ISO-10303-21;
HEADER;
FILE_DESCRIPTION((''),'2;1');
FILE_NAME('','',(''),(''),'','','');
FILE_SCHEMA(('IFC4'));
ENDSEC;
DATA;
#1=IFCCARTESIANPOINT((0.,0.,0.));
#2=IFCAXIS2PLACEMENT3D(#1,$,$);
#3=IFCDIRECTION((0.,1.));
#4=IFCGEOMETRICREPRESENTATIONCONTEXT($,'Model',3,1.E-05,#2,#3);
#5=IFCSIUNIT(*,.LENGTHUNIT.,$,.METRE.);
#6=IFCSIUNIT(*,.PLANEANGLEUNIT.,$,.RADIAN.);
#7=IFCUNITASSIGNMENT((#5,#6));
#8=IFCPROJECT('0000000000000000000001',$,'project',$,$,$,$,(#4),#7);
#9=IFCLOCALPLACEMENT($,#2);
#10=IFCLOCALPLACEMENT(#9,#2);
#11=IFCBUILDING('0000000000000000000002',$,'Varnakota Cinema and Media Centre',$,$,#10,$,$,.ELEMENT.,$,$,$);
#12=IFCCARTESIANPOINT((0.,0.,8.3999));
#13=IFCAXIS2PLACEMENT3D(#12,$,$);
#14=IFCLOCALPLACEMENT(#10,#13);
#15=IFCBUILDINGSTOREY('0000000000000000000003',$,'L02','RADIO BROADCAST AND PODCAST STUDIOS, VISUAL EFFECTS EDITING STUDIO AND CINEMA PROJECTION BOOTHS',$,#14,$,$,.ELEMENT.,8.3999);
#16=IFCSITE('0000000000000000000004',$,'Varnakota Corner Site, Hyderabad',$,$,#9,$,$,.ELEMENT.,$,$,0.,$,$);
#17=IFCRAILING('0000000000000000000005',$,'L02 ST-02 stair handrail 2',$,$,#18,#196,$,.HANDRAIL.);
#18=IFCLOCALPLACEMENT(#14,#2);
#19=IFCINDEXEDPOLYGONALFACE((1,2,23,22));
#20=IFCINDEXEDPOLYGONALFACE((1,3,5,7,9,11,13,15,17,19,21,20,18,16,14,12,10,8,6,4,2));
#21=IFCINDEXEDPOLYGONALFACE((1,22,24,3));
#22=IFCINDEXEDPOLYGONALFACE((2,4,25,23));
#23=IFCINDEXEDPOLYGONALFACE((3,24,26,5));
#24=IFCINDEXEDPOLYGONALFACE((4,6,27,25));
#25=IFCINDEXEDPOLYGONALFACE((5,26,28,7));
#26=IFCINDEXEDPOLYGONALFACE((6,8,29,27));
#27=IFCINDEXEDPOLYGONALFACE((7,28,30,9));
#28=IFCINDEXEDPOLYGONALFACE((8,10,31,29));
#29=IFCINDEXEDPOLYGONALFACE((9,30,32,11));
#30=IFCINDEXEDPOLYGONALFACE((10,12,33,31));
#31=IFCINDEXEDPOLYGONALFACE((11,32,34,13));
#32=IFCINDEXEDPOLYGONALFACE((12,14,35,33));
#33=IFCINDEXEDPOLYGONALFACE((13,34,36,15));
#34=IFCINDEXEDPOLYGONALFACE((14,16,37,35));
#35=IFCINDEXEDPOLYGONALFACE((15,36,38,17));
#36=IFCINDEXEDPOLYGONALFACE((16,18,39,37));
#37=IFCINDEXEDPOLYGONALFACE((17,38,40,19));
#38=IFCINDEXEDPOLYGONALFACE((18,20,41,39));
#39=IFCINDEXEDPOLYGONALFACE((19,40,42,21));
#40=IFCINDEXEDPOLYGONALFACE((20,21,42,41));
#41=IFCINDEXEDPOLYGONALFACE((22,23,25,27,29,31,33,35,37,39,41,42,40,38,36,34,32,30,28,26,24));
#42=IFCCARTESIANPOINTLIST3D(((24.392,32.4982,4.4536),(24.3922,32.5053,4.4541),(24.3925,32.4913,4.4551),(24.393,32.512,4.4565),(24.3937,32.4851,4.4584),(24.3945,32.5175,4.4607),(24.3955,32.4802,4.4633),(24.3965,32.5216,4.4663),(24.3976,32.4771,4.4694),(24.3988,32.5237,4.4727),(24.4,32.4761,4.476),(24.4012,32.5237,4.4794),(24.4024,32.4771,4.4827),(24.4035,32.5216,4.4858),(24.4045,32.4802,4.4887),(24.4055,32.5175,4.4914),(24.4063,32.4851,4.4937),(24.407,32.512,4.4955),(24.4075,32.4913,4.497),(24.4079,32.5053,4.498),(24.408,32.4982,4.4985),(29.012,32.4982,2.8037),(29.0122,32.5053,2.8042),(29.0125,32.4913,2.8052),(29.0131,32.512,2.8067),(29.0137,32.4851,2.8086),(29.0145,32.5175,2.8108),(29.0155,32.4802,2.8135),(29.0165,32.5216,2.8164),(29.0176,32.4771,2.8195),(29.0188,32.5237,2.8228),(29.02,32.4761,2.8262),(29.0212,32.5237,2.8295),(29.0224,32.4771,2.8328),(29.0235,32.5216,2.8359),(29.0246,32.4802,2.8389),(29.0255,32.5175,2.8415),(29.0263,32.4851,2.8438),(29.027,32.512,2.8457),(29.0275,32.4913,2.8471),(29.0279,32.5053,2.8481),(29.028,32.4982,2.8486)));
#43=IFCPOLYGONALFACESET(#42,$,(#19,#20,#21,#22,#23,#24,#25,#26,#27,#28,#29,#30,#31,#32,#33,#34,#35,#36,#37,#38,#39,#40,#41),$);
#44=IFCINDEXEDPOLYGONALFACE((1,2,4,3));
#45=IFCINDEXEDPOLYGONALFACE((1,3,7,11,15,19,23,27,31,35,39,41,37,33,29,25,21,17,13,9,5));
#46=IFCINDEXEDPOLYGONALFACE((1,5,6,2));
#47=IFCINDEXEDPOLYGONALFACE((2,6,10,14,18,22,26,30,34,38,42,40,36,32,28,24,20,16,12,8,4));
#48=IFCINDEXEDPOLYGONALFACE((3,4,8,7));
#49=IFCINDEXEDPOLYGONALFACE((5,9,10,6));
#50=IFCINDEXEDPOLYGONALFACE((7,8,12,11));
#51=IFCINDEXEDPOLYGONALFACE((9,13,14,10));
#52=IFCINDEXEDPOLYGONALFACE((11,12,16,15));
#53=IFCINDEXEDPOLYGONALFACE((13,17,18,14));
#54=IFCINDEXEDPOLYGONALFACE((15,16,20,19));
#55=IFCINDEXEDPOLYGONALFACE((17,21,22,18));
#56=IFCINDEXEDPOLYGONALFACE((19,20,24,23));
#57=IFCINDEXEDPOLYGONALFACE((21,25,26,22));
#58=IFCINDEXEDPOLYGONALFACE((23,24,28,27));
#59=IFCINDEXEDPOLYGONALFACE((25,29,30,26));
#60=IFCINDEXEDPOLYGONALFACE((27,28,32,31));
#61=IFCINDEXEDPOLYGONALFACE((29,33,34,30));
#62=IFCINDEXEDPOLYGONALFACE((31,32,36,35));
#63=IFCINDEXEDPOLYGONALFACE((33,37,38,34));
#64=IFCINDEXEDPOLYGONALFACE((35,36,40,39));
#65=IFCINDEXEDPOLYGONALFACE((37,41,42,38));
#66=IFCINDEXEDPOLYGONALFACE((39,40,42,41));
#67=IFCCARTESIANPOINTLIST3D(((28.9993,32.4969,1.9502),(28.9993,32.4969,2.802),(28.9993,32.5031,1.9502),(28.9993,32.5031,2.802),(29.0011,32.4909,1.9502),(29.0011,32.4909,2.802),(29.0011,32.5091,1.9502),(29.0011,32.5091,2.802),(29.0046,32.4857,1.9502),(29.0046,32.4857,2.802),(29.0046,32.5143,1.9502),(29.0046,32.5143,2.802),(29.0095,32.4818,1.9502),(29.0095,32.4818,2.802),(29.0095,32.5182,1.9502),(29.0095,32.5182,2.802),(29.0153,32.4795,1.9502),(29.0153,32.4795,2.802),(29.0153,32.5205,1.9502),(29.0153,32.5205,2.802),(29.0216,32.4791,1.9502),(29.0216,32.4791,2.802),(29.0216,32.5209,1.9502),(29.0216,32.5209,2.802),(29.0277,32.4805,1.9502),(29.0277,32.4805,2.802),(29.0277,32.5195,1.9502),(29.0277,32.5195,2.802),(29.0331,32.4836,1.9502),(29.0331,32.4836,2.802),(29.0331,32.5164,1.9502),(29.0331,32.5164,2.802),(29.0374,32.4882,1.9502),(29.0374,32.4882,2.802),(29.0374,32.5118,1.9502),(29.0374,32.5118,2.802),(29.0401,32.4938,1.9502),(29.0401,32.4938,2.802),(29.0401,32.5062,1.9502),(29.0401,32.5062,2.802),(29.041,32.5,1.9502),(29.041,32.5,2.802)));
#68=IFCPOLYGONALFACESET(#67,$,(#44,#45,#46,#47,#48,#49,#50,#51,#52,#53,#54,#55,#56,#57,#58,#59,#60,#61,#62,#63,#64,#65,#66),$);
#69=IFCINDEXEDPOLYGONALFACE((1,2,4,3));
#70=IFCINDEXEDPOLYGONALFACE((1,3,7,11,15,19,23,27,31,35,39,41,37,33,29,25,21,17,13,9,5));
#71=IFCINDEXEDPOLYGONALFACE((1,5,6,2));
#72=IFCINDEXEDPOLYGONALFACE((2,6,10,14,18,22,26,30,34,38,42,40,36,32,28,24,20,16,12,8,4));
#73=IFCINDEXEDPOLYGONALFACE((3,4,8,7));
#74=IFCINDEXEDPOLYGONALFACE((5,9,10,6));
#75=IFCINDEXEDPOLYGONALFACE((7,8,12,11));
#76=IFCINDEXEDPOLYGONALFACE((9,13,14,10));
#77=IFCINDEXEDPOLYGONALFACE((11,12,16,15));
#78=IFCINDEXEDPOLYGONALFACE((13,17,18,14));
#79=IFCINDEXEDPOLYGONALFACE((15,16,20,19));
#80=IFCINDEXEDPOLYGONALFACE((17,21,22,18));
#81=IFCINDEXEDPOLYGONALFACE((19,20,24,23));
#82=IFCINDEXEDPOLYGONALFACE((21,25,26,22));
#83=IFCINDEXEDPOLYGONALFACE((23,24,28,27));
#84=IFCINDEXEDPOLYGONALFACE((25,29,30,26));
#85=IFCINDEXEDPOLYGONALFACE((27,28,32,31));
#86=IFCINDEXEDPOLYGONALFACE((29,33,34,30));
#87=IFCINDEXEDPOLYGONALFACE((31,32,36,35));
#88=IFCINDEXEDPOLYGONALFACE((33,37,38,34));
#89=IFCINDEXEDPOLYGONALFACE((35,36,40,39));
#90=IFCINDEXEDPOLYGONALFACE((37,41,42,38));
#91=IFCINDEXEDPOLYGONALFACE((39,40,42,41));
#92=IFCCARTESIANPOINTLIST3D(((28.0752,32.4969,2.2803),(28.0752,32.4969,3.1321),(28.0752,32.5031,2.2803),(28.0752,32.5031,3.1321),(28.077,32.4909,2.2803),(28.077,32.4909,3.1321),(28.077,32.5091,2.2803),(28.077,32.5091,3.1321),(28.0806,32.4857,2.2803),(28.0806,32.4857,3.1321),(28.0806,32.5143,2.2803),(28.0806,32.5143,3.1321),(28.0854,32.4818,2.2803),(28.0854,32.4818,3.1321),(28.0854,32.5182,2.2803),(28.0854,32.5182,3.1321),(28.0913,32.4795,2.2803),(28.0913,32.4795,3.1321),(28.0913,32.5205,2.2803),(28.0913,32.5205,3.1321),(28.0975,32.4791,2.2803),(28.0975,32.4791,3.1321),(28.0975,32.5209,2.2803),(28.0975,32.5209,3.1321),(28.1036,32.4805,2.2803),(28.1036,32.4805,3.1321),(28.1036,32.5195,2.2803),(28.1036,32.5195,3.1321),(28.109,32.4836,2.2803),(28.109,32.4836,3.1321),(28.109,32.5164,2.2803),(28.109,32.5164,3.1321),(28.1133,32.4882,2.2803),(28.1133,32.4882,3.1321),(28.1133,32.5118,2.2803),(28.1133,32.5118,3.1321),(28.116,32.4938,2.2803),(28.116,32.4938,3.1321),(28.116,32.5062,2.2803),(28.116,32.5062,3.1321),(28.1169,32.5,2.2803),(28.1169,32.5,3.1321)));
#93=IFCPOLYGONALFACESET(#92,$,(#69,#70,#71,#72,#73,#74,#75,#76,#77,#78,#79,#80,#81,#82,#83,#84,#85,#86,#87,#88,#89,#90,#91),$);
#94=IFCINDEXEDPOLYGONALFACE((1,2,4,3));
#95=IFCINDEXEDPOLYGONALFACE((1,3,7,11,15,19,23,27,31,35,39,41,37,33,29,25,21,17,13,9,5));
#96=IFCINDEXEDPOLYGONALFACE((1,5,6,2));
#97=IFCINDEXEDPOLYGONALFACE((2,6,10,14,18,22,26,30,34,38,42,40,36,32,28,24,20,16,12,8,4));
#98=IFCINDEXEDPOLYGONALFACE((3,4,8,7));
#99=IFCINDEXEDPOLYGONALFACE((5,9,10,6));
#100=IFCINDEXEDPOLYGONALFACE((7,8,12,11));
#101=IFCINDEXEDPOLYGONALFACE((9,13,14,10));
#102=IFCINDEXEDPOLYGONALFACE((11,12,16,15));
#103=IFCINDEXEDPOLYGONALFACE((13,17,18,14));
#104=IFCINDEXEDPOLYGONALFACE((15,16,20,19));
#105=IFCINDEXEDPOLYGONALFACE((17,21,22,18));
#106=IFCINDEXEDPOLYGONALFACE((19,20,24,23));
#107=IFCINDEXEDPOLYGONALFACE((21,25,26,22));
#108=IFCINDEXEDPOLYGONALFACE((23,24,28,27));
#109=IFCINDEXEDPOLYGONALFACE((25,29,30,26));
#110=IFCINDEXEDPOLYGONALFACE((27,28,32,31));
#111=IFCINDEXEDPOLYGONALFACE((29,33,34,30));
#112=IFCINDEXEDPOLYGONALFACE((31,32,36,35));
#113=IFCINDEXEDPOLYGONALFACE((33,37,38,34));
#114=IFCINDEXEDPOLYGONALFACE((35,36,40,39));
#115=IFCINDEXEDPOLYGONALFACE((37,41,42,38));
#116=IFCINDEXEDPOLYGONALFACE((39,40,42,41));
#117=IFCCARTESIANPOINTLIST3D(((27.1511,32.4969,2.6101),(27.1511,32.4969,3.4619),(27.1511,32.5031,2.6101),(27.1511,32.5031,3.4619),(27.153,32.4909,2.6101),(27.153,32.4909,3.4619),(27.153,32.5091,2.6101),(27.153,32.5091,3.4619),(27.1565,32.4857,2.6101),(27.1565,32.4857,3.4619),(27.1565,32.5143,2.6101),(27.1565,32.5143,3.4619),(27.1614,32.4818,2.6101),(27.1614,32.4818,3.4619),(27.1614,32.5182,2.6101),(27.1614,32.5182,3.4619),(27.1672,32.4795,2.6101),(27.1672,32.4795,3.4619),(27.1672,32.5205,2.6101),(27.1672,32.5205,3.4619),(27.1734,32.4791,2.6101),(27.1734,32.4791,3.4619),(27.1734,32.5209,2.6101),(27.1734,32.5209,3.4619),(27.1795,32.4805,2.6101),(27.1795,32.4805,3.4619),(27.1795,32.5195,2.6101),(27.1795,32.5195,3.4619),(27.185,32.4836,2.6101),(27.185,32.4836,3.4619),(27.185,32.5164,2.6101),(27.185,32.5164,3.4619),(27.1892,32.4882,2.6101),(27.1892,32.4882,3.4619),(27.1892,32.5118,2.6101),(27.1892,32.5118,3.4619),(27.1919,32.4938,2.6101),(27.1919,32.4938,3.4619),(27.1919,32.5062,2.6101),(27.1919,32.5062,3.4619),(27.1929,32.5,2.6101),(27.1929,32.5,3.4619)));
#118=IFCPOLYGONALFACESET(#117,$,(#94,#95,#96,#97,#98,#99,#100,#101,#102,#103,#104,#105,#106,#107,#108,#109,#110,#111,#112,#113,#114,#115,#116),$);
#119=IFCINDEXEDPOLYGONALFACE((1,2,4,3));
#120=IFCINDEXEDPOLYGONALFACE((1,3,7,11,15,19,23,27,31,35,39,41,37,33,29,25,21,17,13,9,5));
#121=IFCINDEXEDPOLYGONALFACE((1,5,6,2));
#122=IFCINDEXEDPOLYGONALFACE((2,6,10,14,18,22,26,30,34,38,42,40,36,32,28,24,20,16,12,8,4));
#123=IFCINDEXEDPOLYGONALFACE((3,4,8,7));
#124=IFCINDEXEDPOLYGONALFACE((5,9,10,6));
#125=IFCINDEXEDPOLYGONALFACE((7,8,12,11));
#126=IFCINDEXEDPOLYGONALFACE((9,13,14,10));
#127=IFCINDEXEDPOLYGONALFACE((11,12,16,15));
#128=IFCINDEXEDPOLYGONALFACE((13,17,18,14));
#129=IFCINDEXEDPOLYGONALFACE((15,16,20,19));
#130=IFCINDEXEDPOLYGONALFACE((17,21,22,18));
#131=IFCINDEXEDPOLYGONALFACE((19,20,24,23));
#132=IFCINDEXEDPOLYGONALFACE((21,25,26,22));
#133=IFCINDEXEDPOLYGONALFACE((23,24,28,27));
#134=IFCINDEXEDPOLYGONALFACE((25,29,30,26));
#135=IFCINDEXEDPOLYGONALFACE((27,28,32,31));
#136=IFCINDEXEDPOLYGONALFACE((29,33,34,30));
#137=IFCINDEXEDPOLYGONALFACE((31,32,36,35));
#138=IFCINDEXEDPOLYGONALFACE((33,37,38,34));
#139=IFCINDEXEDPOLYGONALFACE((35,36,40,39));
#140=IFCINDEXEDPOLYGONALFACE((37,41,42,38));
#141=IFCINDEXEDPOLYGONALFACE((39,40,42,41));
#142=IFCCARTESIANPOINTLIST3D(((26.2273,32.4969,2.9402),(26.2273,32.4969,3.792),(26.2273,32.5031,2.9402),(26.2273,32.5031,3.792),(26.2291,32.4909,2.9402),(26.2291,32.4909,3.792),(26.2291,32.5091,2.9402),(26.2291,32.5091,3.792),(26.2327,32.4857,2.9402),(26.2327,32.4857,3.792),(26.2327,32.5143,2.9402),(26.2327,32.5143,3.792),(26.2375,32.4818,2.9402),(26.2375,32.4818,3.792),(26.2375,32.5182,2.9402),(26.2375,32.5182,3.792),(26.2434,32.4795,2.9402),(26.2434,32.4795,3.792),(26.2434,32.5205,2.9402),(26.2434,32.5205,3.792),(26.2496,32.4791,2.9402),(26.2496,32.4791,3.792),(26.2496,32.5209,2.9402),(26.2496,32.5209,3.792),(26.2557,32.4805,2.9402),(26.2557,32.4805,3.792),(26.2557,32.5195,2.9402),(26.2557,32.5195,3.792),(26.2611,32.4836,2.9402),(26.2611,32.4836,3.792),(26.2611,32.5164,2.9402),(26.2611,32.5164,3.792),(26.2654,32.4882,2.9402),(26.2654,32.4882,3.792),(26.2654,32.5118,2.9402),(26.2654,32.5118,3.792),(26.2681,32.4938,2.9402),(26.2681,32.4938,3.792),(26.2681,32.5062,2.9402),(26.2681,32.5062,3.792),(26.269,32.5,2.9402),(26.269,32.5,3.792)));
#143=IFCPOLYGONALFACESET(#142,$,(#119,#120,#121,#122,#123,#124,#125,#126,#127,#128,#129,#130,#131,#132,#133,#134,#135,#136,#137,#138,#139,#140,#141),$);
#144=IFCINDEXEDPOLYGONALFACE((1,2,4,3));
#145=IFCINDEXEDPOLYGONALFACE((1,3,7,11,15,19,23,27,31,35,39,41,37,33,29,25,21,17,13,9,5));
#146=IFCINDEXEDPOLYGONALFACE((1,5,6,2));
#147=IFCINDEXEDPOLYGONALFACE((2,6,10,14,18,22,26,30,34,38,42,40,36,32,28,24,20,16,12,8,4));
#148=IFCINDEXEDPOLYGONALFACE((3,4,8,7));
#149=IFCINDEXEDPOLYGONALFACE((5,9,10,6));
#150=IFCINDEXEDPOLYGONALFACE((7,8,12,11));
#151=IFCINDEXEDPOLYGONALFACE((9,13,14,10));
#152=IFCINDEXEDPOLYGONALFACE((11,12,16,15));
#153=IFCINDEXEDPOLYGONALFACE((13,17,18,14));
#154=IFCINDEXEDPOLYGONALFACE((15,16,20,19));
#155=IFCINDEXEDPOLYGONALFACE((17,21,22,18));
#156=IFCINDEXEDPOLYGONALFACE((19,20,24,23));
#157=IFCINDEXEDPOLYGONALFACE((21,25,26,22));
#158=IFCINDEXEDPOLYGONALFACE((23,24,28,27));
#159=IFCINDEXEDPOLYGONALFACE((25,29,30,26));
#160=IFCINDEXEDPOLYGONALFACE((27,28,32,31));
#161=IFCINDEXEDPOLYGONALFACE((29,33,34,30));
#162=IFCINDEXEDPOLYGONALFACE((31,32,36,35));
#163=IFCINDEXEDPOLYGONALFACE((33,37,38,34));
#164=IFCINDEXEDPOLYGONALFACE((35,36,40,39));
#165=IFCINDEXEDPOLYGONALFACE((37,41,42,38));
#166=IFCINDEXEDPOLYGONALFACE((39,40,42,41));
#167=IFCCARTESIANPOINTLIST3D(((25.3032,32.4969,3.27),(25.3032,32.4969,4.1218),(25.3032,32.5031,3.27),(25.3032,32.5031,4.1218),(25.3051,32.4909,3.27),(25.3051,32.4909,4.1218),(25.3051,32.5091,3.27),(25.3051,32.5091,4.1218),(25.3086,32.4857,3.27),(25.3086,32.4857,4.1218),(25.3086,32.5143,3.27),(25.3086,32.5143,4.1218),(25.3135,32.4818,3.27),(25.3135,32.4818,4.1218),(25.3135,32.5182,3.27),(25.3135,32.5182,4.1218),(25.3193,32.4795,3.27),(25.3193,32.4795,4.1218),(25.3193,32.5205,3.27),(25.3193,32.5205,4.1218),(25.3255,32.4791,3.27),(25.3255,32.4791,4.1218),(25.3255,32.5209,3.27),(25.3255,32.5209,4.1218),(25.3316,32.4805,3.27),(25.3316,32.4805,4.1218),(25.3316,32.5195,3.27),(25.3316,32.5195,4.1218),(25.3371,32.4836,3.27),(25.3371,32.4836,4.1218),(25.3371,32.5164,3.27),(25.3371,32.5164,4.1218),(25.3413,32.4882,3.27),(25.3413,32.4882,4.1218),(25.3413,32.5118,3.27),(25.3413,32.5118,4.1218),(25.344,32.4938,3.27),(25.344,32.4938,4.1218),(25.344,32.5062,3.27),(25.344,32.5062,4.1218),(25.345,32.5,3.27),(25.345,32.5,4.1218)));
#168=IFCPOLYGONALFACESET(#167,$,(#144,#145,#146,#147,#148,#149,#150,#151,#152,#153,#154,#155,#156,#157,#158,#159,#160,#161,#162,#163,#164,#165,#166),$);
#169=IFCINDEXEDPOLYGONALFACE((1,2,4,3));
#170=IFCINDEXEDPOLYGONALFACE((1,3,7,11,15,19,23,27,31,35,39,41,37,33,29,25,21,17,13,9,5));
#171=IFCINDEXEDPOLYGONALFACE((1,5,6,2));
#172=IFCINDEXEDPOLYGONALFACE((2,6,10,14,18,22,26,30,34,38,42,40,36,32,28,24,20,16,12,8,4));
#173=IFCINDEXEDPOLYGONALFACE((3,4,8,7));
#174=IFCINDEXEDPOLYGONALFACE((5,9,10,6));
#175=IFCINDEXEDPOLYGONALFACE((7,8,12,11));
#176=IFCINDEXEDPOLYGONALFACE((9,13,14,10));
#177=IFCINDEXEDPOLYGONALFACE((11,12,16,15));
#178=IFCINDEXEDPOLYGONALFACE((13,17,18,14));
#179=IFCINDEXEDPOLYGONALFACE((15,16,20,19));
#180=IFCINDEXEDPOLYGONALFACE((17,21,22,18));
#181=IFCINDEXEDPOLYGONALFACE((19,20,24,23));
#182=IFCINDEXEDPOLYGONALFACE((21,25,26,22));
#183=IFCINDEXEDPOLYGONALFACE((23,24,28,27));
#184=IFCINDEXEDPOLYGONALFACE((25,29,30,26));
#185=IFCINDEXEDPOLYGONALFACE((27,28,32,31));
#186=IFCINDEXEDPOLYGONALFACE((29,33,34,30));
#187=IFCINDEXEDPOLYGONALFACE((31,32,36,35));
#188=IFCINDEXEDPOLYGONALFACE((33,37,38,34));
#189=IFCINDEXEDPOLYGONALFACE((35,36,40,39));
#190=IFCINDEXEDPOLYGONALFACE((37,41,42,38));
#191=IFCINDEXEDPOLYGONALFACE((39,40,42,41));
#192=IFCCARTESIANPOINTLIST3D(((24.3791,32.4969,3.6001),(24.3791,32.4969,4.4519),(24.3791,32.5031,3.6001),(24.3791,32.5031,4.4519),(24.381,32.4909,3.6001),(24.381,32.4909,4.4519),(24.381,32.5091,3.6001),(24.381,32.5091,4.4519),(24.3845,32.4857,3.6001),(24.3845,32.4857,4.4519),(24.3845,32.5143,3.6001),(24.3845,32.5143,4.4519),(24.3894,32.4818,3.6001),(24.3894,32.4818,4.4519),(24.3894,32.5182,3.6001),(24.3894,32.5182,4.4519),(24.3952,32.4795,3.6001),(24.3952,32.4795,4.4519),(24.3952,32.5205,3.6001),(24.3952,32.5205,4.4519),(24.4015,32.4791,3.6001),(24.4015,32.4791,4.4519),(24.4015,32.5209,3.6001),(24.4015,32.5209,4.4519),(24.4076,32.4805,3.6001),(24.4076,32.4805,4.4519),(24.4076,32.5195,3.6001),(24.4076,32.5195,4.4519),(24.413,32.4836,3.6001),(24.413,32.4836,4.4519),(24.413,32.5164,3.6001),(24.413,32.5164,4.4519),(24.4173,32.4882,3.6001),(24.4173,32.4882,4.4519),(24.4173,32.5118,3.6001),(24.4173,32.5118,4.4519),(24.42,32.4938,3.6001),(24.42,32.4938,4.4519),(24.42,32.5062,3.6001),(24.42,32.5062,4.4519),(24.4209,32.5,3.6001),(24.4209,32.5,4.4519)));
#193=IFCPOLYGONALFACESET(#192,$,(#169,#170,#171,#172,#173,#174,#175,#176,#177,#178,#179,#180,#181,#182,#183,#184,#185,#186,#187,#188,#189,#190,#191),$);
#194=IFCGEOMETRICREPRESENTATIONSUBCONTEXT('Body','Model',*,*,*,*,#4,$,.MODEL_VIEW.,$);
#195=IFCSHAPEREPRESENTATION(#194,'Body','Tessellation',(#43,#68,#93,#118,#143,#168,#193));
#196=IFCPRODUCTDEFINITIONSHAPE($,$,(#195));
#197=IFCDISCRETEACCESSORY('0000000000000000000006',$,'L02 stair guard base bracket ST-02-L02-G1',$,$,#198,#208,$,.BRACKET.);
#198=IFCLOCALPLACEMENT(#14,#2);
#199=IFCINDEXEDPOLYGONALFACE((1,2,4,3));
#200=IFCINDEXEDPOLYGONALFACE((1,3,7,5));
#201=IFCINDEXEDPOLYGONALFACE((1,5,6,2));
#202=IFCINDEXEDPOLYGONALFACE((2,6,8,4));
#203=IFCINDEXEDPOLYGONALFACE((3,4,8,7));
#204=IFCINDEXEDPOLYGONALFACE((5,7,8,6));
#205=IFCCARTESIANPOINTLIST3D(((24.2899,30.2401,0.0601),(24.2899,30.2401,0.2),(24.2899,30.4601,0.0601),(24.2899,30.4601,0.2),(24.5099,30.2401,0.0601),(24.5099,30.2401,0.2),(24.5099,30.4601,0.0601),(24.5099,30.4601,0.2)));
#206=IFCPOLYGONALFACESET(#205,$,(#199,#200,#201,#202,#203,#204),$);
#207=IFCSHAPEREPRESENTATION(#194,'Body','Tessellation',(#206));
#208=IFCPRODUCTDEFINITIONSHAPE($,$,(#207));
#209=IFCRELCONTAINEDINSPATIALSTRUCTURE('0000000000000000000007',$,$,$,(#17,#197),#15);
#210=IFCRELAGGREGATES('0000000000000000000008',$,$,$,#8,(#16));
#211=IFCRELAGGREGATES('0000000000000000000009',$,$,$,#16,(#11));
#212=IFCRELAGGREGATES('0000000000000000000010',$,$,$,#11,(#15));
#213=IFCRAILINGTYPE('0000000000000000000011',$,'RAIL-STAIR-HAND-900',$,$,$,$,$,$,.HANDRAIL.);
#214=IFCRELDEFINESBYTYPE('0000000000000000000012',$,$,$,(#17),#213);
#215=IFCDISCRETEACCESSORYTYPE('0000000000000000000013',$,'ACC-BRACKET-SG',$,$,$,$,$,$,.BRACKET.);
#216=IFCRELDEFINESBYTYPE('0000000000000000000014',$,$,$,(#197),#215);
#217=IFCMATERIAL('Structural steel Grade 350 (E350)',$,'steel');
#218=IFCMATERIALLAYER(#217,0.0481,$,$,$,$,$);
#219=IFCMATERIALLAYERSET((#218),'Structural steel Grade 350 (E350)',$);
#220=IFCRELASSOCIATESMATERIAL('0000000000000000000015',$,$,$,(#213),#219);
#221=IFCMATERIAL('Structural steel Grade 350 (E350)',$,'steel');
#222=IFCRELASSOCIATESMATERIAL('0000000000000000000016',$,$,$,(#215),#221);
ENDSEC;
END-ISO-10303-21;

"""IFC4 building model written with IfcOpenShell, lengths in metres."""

from ifc_helpers import new_model, si_unit, direction, frame, origin, origin_2d, place, context, subcontext, project, spatial, rectangle, circle, extrude, material, layer, layer_set, type_object, element, save


model = new_model("IFC4")

# Units and contexts
model_context = context("Model", 3, precision=1e-05, world=origin(), true_north=direction((0.0, 1.0)))
body_context = subcontext(model_context, "Body", "Model", "MODEL_VIEW")
ifc_project = project(units=[si_unit("LENGTHUNIT", "METRE"), si_unit("PLANEANGLEUNIT", "RADIAN")], contexts=[model_context])

# Site, building, storey
site_placement = place(None, origin())
site = spatial("IfcSite", under=ifc_project, at=site_placement, Name="Varnakota Corner Site, Hyderabad", CompositionType="ELEMENT", RefElevation=0.0)
building_placement = place(site_placement, origin())
building = spatial("IfcBuilding", under=site, at=building_placement, Name="Varnakota Cinema and Media Centre", CompositionType="ELEMENT")
storey_placement = place(building_placement, frame((0.0, 0.0, 8.3999)))
storey = spatial("IfcBuildingStorey", under=building, at=storey_placement, Name="L02", Description="RADIO BROADCAST AND PODCAST STUDIOS, VISUAL EFFECTS EDITING STUDIO AND CINEMA PROJECTION BOOTHS", CompositionType="ELEMENT", Elevation=8.3999)

# Railing
ifc_material_1 = material(Name="Structural steel Grade 350 (E350)", Category="steel")
ifc_layer_1 = layer(ifc_material_1, 0.0481)
ifc_layer_set_1 = layer_set([ifc_layer_1], Name="Structural steel Grade 350 (E350)")
railing_type_1 = type_object("IfcRailingType", Name="RAIL-STAIR-HAND-900", PredefinedType="HANDRAIL", material=ifc_layer_set_1)
railing_1_placement = place(storey_placement, frame((29.02, 32.5, 1.9502)))
element("IfcRailing", 1, at=railing_1_placement, inside=storey, type_object=railing_type_1, Name="L02 ST-02 stair handrail 2", PredefinedType="HANDRAIL", context=body_context, shape_type="SweptSolid", body=[
    extrude(circle(Radius=0.0239, at=origin_2d()), frame((0.0, 0.0, 0.876), z_axis=(-0.941751, 0.0, 0.336311), x_axis=(0.0, -1.0, 0.0)), (0.0, 0.0, 1.0), 4.9058),
    extrude(circle(Radius=0.021, at=origin_2d()), origin(), (0.0, 0.0, 1.0), 0.8518),
    extrude(circle(Radius=0.021, at=origin_2d()), frame((-0.9241, 0.0, 0.3301)), (0.0, 0.0, 1.0), 0.8518),
    extrude(circle(Radius=0.021, at=origin_2d()), frame((-1.8481, 0.0, 0.6599)), (0.0, 0.0, 1.0), 0.8518),
    extrude(circle(Radius=0.021, at=origin_2d()), frame((-2.772, 0.0, 0.99)), (0.0, 0.0, 1.0), 0.8518),
    extrude(circle(Radius=0.021, at=origin_2d()), frame((-3.696, 0.0, 1.3198)), (0.0, 0.0, 1.0), 0.8518),
    extrude(circle(Radius=0.021, at=origin_2d()), frame((-4.6201, 0.0, 1.6499)), (0.0, 0.0, 1.0), 0.8518),
])

# Discrete accessory
ifc_material_2 = material(Name="Structural steel Grade 350 (E350)", Category="steel")
discrete_accessory_type = type_object("IfcDiscreteAccessoryType", Name="ACC-BRACKET-SG", PredefinedType="BRACKET", material=ifc_material_2)
for number, where, z_axis, x_axis, name in (
    (2, (24.3999, 30.3501, 0.0601), (0.0, 0.0, 1.0), (1.0, 0.0, 0.0), "L02 stair guard base bracket ST-02-L02-G1"),
):
    element("IfcDiscreteAccessory", number, at=place(storey_placement, frame(where, z_axis=z_axis, x_axis=x_axis)), inside=storey, type_object=discrete_accessory_type, Name=name, PredefinedType="BRACKET", context=body_context, shape_type="SweptSolid", body=[
        extrude(rectangle(XDim=0.22, YDim=0.22, at=origin_2d()), origin(), (0.0, 0.0, 1.0), 0.1399),
    ])

save(model, "model.ifc")
